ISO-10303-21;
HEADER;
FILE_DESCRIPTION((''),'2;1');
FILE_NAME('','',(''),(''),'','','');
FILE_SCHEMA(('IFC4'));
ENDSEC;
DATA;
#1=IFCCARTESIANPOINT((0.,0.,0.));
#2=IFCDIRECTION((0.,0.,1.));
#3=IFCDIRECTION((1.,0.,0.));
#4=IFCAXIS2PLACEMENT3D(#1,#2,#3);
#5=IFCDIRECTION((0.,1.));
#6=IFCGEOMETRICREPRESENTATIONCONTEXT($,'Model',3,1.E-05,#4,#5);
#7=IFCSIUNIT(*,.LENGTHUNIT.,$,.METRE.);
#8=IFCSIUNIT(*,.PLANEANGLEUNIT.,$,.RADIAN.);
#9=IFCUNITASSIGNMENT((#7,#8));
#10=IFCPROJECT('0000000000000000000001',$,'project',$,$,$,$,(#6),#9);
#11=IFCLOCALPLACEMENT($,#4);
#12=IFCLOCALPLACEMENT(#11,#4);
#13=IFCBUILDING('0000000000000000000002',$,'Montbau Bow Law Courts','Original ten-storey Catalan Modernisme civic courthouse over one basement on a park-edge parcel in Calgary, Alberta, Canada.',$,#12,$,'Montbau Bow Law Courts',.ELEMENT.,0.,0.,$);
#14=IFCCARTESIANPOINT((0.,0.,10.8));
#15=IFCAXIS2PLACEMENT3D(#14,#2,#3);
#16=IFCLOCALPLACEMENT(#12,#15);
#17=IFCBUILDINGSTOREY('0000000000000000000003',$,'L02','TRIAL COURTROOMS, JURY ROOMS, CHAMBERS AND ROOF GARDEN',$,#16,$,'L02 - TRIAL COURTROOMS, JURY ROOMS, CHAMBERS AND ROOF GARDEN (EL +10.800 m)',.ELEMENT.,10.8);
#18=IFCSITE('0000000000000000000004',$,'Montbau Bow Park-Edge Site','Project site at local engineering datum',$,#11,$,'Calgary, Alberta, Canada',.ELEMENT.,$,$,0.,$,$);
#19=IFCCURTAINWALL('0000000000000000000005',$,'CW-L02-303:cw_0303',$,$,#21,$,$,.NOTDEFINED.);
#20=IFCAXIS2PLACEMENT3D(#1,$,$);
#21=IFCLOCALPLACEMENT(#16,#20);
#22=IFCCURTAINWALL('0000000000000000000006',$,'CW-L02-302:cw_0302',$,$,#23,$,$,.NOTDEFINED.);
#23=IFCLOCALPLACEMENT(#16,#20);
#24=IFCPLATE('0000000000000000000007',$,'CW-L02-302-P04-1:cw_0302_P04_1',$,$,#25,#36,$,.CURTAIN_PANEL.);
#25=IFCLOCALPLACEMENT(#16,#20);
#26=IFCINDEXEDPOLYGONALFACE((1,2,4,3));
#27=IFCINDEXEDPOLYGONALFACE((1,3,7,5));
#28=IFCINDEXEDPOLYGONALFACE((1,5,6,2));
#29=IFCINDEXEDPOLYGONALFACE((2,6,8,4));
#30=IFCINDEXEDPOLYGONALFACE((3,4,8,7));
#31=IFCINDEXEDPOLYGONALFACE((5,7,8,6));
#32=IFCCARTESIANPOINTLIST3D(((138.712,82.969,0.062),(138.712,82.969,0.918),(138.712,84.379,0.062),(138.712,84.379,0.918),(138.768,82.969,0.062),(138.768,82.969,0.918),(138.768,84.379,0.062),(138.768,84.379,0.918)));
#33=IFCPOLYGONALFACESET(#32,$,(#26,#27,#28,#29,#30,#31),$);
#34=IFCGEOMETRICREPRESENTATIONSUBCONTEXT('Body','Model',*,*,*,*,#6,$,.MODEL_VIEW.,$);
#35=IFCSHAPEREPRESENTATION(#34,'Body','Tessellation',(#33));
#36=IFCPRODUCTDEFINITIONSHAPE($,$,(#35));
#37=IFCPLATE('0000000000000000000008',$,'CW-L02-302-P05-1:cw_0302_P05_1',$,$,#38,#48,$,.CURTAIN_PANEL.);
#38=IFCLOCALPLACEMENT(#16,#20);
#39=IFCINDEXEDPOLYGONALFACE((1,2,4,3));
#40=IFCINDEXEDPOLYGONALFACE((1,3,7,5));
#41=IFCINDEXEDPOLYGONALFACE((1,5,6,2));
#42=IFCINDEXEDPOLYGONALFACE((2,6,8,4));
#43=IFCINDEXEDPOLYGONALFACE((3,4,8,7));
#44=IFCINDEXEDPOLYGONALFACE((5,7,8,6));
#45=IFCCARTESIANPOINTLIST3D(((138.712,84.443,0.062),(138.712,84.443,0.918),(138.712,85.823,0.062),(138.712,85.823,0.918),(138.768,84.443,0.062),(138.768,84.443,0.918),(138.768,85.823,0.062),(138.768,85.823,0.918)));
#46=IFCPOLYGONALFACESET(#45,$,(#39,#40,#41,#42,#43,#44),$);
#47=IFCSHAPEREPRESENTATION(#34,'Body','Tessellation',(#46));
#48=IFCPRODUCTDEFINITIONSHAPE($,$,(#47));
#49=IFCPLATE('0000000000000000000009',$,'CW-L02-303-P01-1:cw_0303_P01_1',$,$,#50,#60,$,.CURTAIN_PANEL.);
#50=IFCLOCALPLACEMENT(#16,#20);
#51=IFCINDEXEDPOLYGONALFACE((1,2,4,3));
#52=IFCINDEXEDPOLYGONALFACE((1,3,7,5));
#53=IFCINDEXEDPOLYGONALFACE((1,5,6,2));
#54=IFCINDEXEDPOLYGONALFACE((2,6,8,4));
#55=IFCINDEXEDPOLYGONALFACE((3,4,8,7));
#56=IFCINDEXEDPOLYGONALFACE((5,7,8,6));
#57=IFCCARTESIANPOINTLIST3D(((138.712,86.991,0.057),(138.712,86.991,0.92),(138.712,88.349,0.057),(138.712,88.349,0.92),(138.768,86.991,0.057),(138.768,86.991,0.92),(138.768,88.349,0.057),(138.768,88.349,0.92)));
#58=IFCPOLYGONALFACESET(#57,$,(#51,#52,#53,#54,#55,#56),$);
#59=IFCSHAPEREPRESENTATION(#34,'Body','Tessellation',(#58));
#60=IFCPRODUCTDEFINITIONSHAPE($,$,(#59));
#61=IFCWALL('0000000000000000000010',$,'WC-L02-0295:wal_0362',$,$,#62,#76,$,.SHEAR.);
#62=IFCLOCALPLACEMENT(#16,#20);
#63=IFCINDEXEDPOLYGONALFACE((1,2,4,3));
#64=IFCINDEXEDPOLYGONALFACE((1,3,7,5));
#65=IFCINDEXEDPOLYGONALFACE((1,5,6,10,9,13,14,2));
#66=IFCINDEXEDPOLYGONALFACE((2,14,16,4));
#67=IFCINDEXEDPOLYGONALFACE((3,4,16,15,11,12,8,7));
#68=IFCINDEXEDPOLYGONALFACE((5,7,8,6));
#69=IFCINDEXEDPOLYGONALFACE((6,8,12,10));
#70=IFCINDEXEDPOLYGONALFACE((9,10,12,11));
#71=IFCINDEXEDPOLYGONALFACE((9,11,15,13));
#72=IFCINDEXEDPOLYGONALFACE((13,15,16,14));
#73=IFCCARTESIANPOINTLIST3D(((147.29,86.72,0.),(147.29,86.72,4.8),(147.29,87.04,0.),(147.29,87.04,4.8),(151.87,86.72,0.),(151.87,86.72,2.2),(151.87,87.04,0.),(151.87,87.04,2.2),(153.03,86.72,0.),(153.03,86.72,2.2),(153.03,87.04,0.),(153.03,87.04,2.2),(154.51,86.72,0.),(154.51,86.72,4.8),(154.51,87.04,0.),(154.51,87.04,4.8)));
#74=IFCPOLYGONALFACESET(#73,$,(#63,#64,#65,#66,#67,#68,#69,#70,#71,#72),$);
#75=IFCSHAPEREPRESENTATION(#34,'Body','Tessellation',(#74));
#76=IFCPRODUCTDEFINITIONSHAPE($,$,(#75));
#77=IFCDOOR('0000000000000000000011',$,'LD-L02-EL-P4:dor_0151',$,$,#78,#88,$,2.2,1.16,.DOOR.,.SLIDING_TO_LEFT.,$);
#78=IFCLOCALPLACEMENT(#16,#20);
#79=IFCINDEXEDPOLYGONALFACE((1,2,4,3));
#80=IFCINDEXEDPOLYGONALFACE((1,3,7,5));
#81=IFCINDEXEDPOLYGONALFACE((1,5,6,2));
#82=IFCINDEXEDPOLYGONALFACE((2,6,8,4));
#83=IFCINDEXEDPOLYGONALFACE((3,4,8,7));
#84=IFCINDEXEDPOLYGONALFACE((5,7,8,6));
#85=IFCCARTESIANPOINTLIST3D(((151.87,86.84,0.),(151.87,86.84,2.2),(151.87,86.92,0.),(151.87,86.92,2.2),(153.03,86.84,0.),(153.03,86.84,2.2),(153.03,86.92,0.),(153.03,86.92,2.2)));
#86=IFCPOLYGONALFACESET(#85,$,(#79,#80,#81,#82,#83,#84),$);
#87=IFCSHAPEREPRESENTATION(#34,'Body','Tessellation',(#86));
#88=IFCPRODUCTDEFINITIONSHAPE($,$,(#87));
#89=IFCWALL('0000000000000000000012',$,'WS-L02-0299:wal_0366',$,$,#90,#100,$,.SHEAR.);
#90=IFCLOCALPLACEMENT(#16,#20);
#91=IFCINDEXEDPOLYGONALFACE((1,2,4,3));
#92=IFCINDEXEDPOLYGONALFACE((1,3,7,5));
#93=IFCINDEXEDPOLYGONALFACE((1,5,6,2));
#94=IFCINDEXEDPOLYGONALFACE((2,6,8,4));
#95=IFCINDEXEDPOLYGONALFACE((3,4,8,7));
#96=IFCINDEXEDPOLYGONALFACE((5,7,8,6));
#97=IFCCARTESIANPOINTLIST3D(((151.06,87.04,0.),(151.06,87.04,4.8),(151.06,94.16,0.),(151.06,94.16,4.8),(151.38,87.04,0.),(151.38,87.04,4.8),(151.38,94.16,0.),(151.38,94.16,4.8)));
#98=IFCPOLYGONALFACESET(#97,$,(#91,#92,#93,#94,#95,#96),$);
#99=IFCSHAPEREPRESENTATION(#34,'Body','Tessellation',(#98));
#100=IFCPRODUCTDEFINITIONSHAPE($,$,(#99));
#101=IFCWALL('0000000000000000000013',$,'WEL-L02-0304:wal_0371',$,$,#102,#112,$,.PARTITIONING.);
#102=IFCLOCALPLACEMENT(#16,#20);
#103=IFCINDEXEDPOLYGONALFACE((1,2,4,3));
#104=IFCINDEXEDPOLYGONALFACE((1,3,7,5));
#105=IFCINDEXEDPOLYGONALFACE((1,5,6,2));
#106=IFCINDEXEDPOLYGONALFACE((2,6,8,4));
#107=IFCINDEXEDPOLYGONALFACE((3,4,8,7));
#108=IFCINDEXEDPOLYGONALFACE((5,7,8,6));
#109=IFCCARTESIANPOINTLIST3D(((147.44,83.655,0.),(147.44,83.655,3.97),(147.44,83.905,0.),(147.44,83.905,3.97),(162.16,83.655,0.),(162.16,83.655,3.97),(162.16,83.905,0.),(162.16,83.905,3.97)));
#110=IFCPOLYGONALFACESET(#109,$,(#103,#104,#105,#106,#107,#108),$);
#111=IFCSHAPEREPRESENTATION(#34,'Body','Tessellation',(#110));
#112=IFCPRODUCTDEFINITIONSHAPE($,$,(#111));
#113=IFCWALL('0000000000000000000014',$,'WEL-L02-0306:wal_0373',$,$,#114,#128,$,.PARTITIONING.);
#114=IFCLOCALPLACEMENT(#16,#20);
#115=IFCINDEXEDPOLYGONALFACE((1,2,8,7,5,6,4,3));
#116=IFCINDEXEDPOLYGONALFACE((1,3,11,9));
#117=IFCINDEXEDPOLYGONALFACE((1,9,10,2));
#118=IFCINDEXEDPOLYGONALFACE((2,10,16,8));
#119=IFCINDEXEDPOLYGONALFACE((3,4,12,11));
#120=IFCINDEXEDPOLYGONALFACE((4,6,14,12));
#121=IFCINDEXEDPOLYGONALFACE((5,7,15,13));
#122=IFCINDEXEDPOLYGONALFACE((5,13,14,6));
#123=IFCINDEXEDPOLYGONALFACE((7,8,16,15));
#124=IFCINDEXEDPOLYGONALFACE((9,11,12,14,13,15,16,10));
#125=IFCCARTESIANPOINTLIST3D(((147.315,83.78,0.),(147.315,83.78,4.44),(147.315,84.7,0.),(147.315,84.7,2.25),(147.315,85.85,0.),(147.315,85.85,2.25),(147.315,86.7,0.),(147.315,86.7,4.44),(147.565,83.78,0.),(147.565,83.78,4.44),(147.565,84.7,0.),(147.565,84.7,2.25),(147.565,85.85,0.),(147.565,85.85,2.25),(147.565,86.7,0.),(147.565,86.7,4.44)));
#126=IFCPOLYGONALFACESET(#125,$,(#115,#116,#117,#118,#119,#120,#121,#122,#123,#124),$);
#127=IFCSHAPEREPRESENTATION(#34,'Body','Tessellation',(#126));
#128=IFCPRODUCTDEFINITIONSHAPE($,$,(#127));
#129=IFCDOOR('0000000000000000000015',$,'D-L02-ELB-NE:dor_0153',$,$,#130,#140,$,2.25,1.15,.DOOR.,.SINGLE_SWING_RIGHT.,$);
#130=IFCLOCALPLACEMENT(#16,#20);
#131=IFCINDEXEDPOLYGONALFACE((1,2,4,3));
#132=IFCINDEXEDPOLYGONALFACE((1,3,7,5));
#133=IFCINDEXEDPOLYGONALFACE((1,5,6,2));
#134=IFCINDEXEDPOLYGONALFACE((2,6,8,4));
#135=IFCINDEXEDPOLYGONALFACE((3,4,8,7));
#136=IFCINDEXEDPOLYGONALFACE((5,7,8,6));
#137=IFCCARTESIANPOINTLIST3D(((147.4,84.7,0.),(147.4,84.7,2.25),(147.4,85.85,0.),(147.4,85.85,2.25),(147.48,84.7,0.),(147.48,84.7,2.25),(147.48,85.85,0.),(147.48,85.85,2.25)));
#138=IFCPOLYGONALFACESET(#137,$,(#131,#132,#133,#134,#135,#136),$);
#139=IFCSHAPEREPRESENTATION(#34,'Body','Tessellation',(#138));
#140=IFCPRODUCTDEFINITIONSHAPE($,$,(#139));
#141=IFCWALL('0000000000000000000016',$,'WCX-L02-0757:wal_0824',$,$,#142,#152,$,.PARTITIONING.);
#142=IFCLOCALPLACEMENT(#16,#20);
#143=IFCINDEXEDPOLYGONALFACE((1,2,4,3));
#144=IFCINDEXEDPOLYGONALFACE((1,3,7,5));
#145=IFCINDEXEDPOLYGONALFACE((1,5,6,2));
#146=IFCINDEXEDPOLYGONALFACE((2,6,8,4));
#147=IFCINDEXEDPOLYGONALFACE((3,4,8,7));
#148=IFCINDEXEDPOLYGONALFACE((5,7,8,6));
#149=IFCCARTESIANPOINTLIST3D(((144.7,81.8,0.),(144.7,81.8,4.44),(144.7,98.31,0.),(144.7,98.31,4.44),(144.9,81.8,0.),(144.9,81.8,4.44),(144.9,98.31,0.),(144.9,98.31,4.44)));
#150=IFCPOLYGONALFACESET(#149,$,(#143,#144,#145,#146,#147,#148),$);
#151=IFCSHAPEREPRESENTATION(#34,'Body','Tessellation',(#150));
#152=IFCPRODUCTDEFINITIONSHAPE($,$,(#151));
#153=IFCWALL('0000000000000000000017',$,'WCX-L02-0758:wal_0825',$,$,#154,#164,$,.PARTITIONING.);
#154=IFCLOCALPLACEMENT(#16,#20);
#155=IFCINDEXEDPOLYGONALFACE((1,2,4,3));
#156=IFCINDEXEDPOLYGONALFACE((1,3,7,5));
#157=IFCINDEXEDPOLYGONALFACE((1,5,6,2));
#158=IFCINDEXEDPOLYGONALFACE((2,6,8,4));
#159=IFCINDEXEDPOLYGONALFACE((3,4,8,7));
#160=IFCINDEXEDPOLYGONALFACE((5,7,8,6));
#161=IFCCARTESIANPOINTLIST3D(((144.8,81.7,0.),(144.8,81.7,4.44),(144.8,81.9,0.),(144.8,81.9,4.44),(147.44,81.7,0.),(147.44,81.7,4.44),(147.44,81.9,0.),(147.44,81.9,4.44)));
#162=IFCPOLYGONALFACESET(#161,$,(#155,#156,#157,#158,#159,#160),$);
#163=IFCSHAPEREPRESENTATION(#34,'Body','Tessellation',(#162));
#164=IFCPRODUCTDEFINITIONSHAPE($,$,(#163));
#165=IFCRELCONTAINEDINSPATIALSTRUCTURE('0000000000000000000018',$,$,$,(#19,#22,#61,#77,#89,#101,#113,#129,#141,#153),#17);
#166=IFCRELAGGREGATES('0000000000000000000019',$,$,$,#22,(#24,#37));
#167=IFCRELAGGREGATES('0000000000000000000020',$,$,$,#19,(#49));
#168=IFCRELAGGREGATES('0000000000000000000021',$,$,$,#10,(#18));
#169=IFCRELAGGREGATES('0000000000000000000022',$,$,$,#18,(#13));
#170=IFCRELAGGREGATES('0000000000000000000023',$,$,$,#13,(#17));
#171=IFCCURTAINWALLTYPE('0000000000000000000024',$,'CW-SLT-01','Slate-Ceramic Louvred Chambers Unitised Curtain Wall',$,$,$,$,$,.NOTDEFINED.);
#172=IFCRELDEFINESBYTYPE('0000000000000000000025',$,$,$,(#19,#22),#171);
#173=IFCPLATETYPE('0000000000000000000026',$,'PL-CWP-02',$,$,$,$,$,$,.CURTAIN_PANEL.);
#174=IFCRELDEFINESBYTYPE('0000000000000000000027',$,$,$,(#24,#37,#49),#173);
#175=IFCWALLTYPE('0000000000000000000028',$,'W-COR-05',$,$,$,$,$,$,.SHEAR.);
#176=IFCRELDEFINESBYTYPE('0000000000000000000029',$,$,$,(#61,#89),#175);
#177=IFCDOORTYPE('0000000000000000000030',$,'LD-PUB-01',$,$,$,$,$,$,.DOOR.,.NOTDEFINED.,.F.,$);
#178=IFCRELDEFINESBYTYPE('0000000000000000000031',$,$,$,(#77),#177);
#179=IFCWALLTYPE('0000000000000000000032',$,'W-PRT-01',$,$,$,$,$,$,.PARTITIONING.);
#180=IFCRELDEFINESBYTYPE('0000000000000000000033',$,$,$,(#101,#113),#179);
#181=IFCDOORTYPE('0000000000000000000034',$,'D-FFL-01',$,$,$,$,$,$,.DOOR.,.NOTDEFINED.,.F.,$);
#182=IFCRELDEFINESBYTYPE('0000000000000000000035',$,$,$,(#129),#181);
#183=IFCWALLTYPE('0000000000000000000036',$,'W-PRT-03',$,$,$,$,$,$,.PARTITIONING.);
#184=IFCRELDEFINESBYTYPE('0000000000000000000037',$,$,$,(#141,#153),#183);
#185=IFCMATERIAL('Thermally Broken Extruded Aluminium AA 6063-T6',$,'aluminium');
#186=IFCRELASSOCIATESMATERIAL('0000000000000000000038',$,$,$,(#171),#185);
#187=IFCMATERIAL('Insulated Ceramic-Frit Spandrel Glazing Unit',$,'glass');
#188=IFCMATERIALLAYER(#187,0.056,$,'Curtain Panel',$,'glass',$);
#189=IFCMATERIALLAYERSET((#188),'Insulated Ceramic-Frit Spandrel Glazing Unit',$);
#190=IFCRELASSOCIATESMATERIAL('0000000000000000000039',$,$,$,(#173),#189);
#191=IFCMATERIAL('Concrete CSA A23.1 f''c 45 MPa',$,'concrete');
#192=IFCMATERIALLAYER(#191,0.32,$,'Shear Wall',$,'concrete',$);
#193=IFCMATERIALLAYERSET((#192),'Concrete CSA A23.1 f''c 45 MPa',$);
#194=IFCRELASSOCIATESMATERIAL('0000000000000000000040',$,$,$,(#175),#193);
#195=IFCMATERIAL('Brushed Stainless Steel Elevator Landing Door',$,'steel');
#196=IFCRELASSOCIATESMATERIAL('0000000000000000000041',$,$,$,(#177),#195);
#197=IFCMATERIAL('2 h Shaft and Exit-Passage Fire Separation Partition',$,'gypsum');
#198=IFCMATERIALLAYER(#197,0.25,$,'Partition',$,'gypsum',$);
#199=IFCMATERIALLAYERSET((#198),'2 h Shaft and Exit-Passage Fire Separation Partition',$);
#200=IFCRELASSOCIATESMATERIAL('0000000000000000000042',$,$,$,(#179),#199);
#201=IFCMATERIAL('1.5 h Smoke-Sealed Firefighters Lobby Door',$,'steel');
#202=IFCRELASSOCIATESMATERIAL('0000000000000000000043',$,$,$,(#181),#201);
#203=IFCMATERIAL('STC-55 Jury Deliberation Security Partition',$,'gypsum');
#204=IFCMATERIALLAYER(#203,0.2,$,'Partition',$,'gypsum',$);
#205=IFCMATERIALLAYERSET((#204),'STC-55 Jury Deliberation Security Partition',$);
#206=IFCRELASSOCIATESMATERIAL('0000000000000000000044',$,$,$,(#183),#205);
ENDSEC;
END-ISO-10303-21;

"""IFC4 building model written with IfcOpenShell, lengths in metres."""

from ifc_helpers import new_model, si_unit, direction, frame, frame_2d, origin_with_axes, place, context, subcontext, project, spatial, rectangle, extrude, material, layer, layer_set, type_object, element, fill, aggregate, save


model = new_model("IFC4")

# Units and contexts
model_context = context("Model", 3, precision=1e-05, world=origin_with_axes(), true_north=direction((0.0, 1.0)))
body_context = subcontext(model_context, "Body", "Model", "MODEL_VIEW")
ifc_project = project(units=[si_unit("LENGTHUNIT", "METRE"), si_unit("PLANEANGLEUNIT", "RADIAN")], contexts=[model_context])

# Site, building, storey
site_placement = place(None, origin_with_axes())
site = spatial("IfcSite", under=ifc_project, at=site_placement, Name="Montbau Bow Park-Edge Site", Description="Project site at local engineering datum", LongName="Calgary, Alberta, Canada", CompositionType="ELEMENT", RefElevation=0.0)
building_placement = place(site_placement, origin_with_axes())
building = spatial("IfcBuilding", under=site, at=building_placement, Name="Montbau Bow Law Courts", Description="Original ten-storey Catalan Modernisme civic courthouse over one basement on a park-edge parcel in Calgary, Alberta, Canada.", LongName="Montbau Bow Law Courts", CompositionType="ELEMENT", ElevationOfRefHeight=0.0, ElevationOfTerrain=0.0)
storey_placement = place(building_placement, frame((0.0, 0.0, 10.8), z_axis=(0.0, 0.0, 1.0), x_axis=(1.0, 0.0, 0.0)))
storey = spatial("IfcBuildingStorey", under=building, at=storey_placement, Name="L02", Description="TRIAL COURTROOMS, JURY ROOMS, CHAMBERS AND ROOF GARDEN", LongName="L02 - TRIAL COURTROOMS, JURY ROOMS, CHAMBERS AND ROOF GARDEN (EL +10.800 m)", CompositionType="ELEMENT", Elevation=10.8)

# Curtain walls
ifc_material_1 = material(Name="Thermally Broken Extruded Aluminium AA 6063-T6", Category="aluminium")
curtain_wall_type = type_object("IfcCurtainWallType", Name="CW-SLT-01", Description="Slate-Ceramic Louvred Chambers Unitised Curtain Wall", PredefinedType="NOTDEFINED", material=ifc_material_1)
curtain_wall_1_placement = place(None, frame((138.74, 86.915, 10.8), z_axis=(0.0, 0.0, 1.0), x_axis=(1.0, 0.0, 0.0)))
curtain_wall_1 = element("IfcCurtainWall", 1, at=curtain_wall_1_placement, inside=storey, type_object=curtain_wall_type, Name="CW-L02-303:cw_0303", PredefinedType="NOTDEFINED")
curtain_wall_2_placement = place(None, frame((138.74, 78.515, 10.8), z_axis=(0.0, 0.0, 1.0), x_axis=(1.0, 0.0, 0.0)))
curtain_wall_2 = element("IfcCurtainWall", 2, at=curtain_wall_2_placement, inside=storey, type_object=curtain_wall_type, Name="CW-L02-302:cw_0302", PredefinedType="NOTDEFINED")

# Plates
ifc_material_2 = material(Name="Insulated Ceramic-Frit Spandrel Glazing Unit", Category="glass")
ifc_layer_1 = layer(ifc_material_2, 0.056, Name="Curtain Panel", Category="glass")
ifc_layer_set_1 = layer_set([ifc_layer_1], Name="Insulated Ceramic-Frit Spandrel Glazing Unit")
plate_type_1 = type_object("IfcPlateType", Name="PL-CWP-02", PredefinedType="CURTAIN_PANEL", material=ifc_layer_set_1)
plate_1_placement = place(None, frame((138.74, 82.969, 10.862), z_axis=(1.0, 0.0, 0.0), x_axis=(0.0, 1.0, 0.0)))
plate_1 = element("IfcPlate", 3, at=plate_1_placement, type_object=plate_type_1, Name="CW-L02-302-P04-1:cw_0302_P04_1", PredefinedType="CURTAIN_PANEL", context=body_context, shape_type="SweptSolid", body=[
    extrude(rectangle(XDim=1.41, YDim=0.856, at=frame_2d((0.705, 0.428), x_axis=(1.0, 0.0))), frame((0.0, 0.0, -0.028), z_axis=(0.0, 0.0, 1.0), x_axis=(1.0, 0.0, 0.0)), (0.0, 0.0, 1.0), 0.056),
])
plate_2_placement = place(None, frame((138.74, 84.443, 10.862), z_axis=(1.0, 0.0, 0.0), x_axis=(0.0, 1.0, 0.0)))
plate_2 = element("IfcPlate", 4, at=plate_2_placement, type_object=plate_type_1, Name="CW-L02-302-P05-1:cw_0302_P05_1", PredefinedType="CURTAIN_PANEL", context=body_context, shape_type="SweptSolid", body=[
    extrude(rectangle(XDim=1.38, YDim=0.856, at=frame_2d((0.69, 0.428), x_axis=(1.0, 0.0))), frame((0.0, 0.0, -0.028), z_axis=(0.0, 0.0, 1.0), x_axis=(1.0, 0.0, 0.0)), (0.0, 0.0, 1.0), 0.056),
])
aggregate(curtain_wall_2, [plate_1, plate_2])
plate_3_placement = place(None, frame((138.74, 86.991, 10.857), z_axis=(1.0, 0.0, 0.0), x_axis=(0.0, 1.0, 0.0)))
plate_3 = element("IfcPlate", 5, at=plate_3_placement, type_object=plate_type_1, Name="CW-L02-303-P01-1:cw_0303_P01_1", PredefinedType="CURTAIN_PANEL", context=body_context, shape_type="SweptSolid", body=[
    extrude(rectangle(XDim=1.358, YDim=0.863, at=frame_2d((0.679, 0.4315), x_axis=(1.0, 0.0))), frame((0.0, 0.0, -0.028), z_axis=(0.0, 0.0, 1.0), x_axis=(1.0, 0.0, 0.0)), (0.0, 0.0, 1.0), 0.056),
])
aggregate(curtain_wall_1, [plate_3])

# Wall, opening, door
ifc_material_3 = material(Name="Concrete CSA A23.1 f'c 45 MPa", Category="concrete")
ifc_layer_2 = layer(ifc_material_3, 0.32, Name="Shear Wall", Category="concrete")
ifc_layer_set_2 = layer_set([ifc_layer_2], Name="Concrete CSA A23.1 f'c 45 MPa")
wall_type_1 = type_object("IfcWallType", Name="W-COR-05", PredefinedType="SHEAR", material=ifc_layer_set_2)
wall_1_placement = place(None, frame((147.29, 86.88, 10.8), z_axis=(0.0, 0.0, 1.0), x_axis=(1.0, 0.0, 0.0)))
wall_1 = element("IfcWall", 6, at=wall_1_placement, inside=storey, type_object=wall_type_1, Name="WC-L02-0295:wal_0362", PredefinedType="SHEAR", context=body_context, shape_type="SweptSolid", body=[
    extrude(rectangle(XDim=7.22, YDim=0.32, at=frame_2d((3.61, 0.0), x_axis=(1.0, 0.0))), origin_with_axes(), (0.0, 0.0, 1.0), 4.8),
])
opening_1_placement = place(None, frame((152.45, 86.88, 10.8), z_axis=(0.0, 0.0, 1.0), x_axis=(1.0, 0.0, 0.0)))
opening_1 = element("IfcOpeningElement", 7, at=opening_1_placement, cuts=wall_1, PredefinedType="OPENING", context=body_context, shape_type="SweptSolid", body=[
    extrude(rectangle(XDim=1.16, YDim=2.2, at=frame_2d((0.0, 1.1), x_axis=(1.0, 0.0))), frame((0.0, 0.17, 0.0), z_axis=(0.0, -1.0, 0.0), x_axis=(1.0, 0.0, 0.0)), (0.0, 0.0, 1.0), 0.34),
])
ifc_material_4 = material(Name="Brushed Stainless Steel Elevator Landing Door", Category="steel")
door_type_1 = type_object("IfcDoorType", Name="LD-PUB-01", OperationType="NOTDEFINED", ParameterTakesPrecedence=False, PredefinedType="DOOR", material=ifc_material_4)
door_1_placement = place(None, frame((152.45, 86.88, 10.8), z_axis=(0.0, 0.0, 1.0), x_axis=(-1.0, 0.0, 0.0)))
door_1 = element("IfcDoor", 8, at=door_1_placement, inside=storey, type_object=door_type_1, Name="LD-L02-EL-P4:dor_0151", OperationType="SLIDING_TO_LEFT", OverallHeight=2.2, OverallWidth=1.16, PredefinedType="DOOR", context=body_context, shape_type="SweptSolid", body=[
    extrude(rectangle(XDim=1.16, YDim=2.2, at=frame_2d((0.0, 1.1), x_axis=(1.0, 0.0))), frame((0.0, 0.04, 0.0), z_axis=(0.0, -1.0, 0.0), x_axis=(1.0, 0.0, 0.0)), (0.0, 0.0, 1.0), 0.08),
])
fill(opening_1, door_1)

# Walls
wall_2_placement = place(None, frame((151.22, 87.04, 10.8), z_axis=(0.0, 0.0, 1.0), x_axis=(0.0, 1.0, 0.0)))
element("IfcWall", 9, at=wall_2_placement, inside=storey, type_object=wall_type_1, Name="WS-L02-0299:wal_0366", PredefinedType="SHEAR", context=body_context, shape_type="SweptSolid", body=[
    extrude(rectangle(XDim=7.12, YDim=0.32, at=frame_2d((3.56, 0.0), x_axis=(1.0, 0.0))), origin_with_axes(), (0.0, 0.0, 1.0), 4.8),
])
ifc_material_5 = material(Name="2 h Shaft and Exit-Passage Fire Separation Partition", Category="gypsum")
ifc_layer_3 = layer(ifc_material_5, 0.25, Name="Partition", Category="gypsum")
ifc_layer_set_3 = layer_set([ifc_layer_3], Name="2 h Shaft and Exit-Passage Fire Separation Partition")
wall_type_2 = type_object("IfcWallType", Name="W-PRT-01", PredefinedType="PARTITIONING", material=ifc_layer_set_3)
wall_3_placement = place(None, frame((147.44, 83.78, 10.8), z_axis=(0.0, 0.0, 1.0), x_axis=(1.0, 0.0, 0.0)))
element("IfcWall", 10, at=wall_3_placement, inside=storey, type_object=wall_type_2, Name="WEL-L02-0304:wal_0371", PredefinedType="PARTITIONING", context=body_context, shape_type="SweptSolid", body=[
    extrude(rectangle(XDim=14.72, YDim=0.25, at=frame_2d((7.36, 0.0), x_axis=(1.0, 0.0))), origin_with_axes(), (0.0, 0.0, 1.0), 3.97),
])

# Wall, opening, door
wall_4_placement = place(None, frame((147.44, 86.7, 10.8), z_axis=(0.0, 0.0, 1.0), x_axis=(0.0, -1.0, 0.0)))
wall_4 = element("IfcWall", 11, at=wall_4_placement, inside=storey, type_object=wall_type_2, Name="WEL-L02-0306:wal_0373", PredefinedType="PARTITIONING", context=body_context, shape_type="SweptSolid", body=[
    extrude(rectangle(XDim=2.92, YDim=0.25, at=frame_2d((1.46, 0.0), x_axis=(1.0, 0.0))), origin_with_axes(), (0.0, 0.0, 1.0), 4.44),
])
opening_2_placement = place(None, frame((147.44, 85.275, 10.8), z_axis=(0.0, 0.0, 1.0), x_axis=(0.0, -1.0, 0.0)))
opening_2 = element("IfcOpeningElement", 12, at=opening_2_placement, cuts=wall_4, PredefinedType="OPENING", context=body_context, shape_type="SweptSolid", body=[
    extrude(rectangle(XDim=1.15, YDim=2.25, at=frame_2d((0.0, 1.125), x_axis=(1.0, 0.0))), frame((0.0, 0.135, 0.0), z_axis=(0.0, -1.0, 0.0), x_axis=(1.0, 0.0, 0.0)), (0.0, 0.0, 1.0), 0.27),
])
ifc_material_6 = material(Name="1.5 h Smoke-Sealed Firefighters Lobby Door", Category="steel")
door_type_2 = type_object("IfcDoorType", Name="D-FFL-01", OperationType="NOTDEFINED", ParameterTakesPrecedence=False, PredefinedType="DOOR", material=ifc_material_6)
door_2_placement = place(None, frame((147.44, 85.275, 10.8), z_axis=(0.0, 0.0, 1.0), x_axis=(0.0, -1.0, 0.0)))
door_2 = element("IfcDoor", 13, at=door_2_placement, inside=storey, type_object=door_type_2, Name="D-L02-ELB-NE:dor_0153", OperationType="SINGLE_SWING_RIGHT", OverallHeight=2.25, OverallWidth=1.15, PredefinedType="DOOR", context=body_context, shape_type="SweptSolid", body=[
    extrude(rectangle(XDim=1.15, YDim=2.25, at=frame_2d((0.0, 1.125), x_axis=(1.0, 0.0))), frame((0.0, 0.04, 0.0), z_axis=(0.0, -1.0, 0.0), x_axis=(1.0, 0.0, 0.0)), (0.0, 0.0, 1.0), 0.08),
])
fill(opening_2, door_2)

# Walls
ifc_material_7 = material(Name="STC-55 Jury Deliberation Security Partition", Category="gypsum")
ifc_layer_4 = layer(ifc_material_7, 0.2, Name="Partition", Category="gypsum")
ifc_layer_set_4 = layer_set([ifc_layer_4], Name="STC-55 Jury Deliberation Security Partition")
wall_type_3 = type_object("IfcWallType", Name="W-PRT-03", PredefinedType="PARTITIONING", material=ifc_layer_set_4)
wall_5_placement = place(None, frame((144.8, 81.8, 10.8), z_axis=(0.0, 0.0, 1.0), x_axis=(0.0, 1.0, 0.0)))
element("IfcWall", 14, at=wall_5_placement, inside=storey, type_object=wall_type_3, Name="WCX-L02-0757:wal_0824", PredefinedType="PARTITIONING", context=body_context, shape_type="SweptSolid", body=[
    extrude(rectangle(XDim=16.51, YDim=0.2, at=frame_2d((8.255, 0.0), x_axis=(1.0, 0.0))), origin_with_axes(), (0.0, 0.0, 1.0), 4.44),
])
wall_6_placement = place(None, frame((144.8, 81.8, 10.8), z_axis=(0.0, 0.0, 1.0), x_axis=(1.0, 0.0, 0.0)))
element("IfcWall", 15, at=wall_6_placement, inside=storey, type_object=wall_type_3, Name="WCX-L02-0758:wal_0825", PredefinedType="PARTITIONING", context=body_context, shape_type="SweptSolid", body=[
    extrude(rectangle(XDim=2.64, YDim=0.2, at=frame_2d((1.32, 0.0), x_axis=(1.0, 0.0))), origin_with_axes(), (0.0, 0.0, 1.0), 4.44),
])

save(model, "model.ifc")
